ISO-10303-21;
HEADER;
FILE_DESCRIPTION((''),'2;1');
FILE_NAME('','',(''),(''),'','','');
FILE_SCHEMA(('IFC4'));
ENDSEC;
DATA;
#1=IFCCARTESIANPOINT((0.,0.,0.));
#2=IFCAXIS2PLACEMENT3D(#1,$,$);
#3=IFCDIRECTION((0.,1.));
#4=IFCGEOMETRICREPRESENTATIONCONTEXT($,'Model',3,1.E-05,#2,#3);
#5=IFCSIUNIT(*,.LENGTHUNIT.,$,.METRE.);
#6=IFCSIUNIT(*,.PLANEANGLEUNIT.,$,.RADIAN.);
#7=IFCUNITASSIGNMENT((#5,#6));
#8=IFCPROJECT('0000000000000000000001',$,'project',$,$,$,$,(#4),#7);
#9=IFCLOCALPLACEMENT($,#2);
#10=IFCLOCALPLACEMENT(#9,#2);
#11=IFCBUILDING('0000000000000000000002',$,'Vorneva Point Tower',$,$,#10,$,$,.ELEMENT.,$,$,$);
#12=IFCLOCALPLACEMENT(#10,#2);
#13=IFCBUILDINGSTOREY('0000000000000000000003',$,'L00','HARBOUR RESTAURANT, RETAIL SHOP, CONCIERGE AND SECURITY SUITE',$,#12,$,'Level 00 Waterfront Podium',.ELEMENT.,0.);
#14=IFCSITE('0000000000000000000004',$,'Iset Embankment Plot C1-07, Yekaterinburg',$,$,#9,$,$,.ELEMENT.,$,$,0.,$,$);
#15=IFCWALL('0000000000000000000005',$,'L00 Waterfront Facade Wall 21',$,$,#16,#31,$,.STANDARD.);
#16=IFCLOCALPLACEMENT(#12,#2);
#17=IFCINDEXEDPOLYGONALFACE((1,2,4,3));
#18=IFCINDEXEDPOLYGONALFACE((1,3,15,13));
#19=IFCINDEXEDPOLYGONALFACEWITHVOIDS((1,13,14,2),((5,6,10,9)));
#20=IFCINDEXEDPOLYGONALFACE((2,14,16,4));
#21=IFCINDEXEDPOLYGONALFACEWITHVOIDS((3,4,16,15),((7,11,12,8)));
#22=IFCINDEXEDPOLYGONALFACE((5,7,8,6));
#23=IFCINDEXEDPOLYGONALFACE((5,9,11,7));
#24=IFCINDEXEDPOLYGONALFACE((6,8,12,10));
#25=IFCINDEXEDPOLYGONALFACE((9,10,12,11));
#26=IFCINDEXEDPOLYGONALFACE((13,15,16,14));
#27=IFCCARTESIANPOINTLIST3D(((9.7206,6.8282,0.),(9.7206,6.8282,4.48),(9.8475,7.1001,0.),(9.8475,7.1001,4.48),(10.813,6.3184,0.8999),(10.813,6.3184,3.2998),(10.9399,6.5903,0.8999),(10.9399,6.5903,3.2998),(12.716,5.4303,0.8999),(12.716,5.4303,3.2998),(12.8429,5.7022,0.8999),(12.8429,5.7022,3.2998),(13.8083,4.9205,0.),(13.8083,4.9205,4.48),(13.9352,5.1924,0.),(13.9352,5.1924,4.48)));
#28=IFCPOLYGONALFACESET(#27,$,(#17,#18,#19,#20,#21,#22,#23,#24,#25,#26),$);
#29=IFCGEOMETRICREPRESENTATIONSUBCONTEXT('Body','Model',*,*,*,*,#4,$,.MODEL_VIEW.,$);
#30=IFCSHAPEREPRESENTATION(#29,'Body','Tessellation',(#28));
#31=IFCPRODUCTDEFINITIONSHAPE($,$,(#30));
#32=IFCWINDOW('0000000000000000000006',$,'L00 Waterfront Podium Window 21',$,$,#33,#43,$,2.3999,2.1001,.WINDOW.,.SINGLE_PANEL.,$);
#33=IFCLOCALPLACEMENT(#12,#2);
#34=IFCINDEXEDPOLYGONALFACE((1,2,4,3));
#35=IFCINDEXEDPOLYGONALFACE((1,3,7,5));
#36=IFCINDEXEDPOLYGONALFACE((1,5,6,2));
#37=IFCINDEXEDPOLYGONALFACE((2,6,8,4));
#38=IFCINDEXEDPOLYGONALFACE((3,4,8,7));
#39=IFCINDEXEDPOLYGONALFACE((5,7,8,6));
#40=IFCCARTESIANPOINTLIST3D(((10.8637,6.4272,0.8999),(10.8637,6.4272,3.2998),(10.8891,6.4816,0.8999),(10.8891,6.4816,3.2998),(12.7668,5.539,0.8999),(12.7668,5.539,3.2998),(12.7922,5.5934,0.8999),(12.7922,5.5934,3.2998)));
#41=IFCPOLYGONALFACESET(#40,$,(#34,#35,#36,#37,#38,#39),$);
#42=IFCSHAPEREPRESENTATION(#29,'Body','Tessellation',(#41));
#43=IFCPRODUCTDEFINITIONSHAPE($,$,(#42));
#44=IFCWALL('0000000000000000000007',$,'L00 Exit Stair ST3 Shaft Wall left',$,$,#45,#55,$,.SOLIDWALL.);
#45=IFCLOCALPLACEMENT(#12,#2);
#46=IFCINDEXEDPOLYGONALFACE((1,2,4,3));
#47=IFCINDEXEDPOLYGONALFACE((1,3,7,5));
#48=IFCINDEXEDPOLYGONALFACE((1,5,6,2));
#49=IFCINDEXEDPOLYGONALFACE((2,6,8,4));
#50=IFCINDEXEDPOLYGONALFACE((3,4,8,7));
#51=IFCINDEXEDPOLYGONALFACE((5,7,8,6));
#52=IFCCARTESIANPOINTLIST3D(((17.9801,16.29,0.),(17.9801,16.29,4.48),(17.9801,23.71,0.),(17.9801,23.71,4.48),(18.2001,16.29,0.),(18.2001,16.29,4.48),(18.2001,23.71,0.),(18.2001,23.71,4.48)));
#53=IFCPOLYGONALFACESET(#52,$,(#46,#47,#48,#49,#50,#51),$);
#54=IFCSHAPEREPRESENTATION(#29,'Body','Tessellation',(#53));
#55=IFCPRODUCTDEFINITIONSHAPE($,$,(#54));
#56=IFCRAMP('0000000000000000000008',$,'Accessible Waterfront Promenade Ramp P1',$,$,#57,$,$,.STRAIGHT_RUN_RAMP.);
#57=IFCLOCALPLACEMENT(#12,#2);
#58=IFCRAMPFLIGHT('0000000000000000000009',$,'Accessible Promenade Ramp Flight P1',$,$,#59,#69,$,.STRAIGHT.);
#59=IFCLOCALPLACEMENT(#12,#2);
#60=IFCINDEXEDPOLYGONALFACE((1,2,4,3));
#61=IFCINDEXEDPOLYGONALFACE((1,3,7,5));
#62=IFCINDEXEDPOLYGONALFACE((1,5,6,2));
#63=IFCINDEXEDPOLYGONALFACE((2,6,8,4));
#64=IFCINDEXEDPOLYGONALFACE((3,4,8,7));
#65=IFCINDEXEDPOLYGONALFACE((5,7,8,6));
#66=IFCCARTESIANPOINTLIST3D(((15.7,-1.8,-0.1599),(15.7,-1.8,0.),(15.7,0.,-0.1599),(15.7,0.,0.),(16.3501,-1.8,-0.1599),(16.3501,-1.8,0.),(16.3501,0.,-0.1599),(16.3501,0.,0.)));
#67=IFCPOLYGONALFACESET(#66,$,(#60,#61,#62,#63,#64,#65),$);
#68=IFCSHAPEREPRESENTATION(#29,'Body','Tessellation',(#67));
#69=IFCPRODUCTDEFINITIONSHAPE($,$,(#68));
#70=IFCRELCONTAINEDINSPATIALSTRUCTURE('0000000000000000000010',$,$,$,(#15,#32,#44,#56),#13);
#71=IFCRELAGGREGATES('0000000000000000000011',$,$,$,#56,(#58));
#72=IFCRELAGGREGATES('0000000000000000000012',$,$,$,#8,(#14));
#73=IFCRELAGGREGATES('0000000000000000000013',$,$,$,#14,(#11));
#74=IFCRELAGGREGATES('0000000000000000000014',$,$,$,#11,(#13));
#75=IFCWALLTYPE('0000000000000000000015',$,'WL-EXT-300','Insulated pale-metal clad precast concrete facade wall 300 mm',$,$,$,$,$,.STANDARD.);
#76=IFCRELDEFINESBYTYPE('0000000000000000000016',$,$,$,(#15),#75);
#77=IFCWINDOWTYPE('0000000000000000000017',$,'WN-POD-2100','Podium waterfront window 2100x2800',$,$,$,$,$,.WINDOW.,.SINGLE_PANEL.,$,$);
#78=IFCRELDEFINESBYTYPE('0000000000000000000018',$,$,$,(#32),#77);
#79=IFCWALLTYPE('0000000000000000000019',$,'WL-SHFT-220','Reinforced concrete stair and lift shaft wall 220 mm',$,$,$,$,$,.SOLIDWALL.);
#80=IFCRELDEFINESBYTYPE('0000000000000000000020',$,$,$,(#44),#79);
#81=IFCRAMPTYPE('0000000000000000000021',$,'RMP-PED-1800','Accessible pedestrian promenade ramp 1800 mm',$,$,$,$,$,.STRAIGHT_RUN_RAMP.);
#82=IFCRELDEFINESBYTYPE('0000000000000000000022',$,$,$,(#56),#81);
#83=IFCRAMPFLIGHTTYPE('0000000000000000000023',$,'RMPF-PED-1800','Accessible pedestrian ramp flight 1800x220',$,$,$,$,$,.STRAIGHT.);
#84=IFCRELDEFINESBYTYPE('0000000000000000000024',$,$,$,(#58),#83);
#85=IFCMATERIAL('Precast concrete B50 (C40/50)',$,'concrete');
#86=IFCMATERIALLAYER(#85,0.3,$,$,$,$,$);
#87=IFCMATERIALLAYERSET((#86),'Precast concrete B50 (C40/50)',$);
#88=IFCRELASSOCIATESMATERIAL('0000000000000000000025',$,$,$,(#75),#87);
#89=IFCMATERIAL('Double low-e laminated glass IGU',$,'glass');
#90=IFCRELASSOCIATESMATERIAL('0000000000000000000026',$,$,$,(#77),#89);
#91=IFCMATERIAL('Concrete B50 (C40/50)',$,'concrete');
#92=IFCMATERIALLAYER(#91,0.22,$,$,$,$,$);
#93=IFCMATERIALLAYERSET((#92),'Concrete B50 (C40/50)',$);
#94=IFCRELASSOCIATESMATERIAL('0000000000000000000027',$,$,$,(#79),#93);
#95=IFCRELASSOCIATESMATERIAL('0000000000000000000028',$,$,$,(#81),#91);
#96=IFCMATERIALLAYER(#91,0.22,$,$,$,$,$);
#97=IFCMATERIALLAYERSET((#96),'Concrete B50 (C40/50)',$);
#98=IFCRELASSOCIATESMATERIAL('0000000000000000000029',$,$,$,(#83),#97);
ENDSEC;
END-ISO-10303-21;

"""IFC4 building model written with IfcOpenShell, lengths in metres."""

from ifc_helpers import new_model, si_unit, direction, frame, frame_2d, origin, place, context, subcontext, project, spatial, polyline, rectangle, outline, extrude, material, layer, layer_set, type_object, element, fill, aggregate, save


model = new_model("IFC4")

# Units and contexts
model_context = context("Model", 3, precision=1e-05, world=origin(), true_north=direction((0.0, 1.0)))
body_context = subcontext(model_context, "Body", "Model", "MODEL_VIEW")
ifc_project = project(units=[si_unit("LENGTHUNIT", "METRE"), si_unit("PLANEANGLEUNIT", "RADIAN")], contexts=[model_context])

# Site, building, storey
site_placement = place(None, origin())
site = spatial("IfcSite", under=ifc_project, at=site_placement, Name="Iset Embankment Plot C1-07, Yekaterinburg", CompositionType="ELEMENT", RefElevation=0.0)
building_placement = place(site_placement, origin())
building = spatial("IfcBuilding", under=site, at=building_placement, Name="Vorneva Point Tower", CompositionType="ELEMENT")
storey_placement = place(building_placement, origin())
storey = spatial("IfcBuildingStorey", under=building, at=storey_placement, Name="L00", Description="HARBOUR RESTAURANT, RETAIL SHOP, CONCIERGE AND SECURITY SUITE", LongName="Level 00 Waterfront Podium", CompositionType="ELEMENT", Elevation=0.0)

# Shared definitions
ifc_material_1 = material(Name="Double low-e laminated glass IGU", Category="glass")

# Wall, opening, window
ifc_material_2 = material(Name="Precast concrete B50 (C40/50)", Category="concrete")
ifc_layer_1 = layer(ifc_material_2, 0.3)
ifc_layer_set_1 = layer_set([ifc_layer_1], Name="Precast concrete B50 (C40/50)")
wall_type_1 = type_object("IfcWallType", Name="WL-EXT-300", Description="Insulated pale-metal clad precast concrete facade wall 300 mm", PredefinedType="STANDARD", material=ifc_layer_set_1)
wall_1_placement = place(storey_placement, frame((9.7842, 6.9641, 0.0), z_axis=(0.0, 0.0, 1.0), x_axis=(0.906171, -0.422912, 0.0)))
wall_1 = element("IfcWall", 1, at=wall_1_placement, inside=storey, type_object=wall_type_1, Name="L00 Waterfront Facade Wall 21", PredefinedType="STANDARD", context=body_context, shape_type="SweptSolid", body=[
    extrude(rectangle(XDim=4.511, YDim=0.3, at=frame_2d((2.2554, 0.0))), origin(), (0.0, 0.0, 1.0), 4.48),
])
opening_placement = place(wall_1_placement, frame((1.2053, 0.0, 0.8999)))
opening = element("IfcOpeningElement", 2, at=opening_placement, cuts=wall_1, PredefinedType="OPENING", context=body_context, shape_type="SweptSolid", body=[
    extrude(rectangle(XDim=2.1001, YDim=2.3999, at=frame_2d((1.05, 1.2))), frame((0.0, 0.165, 0.0), z_axis=(0.0, -1.0, 0.0), x_axis=(1.0, 0.0, 0.0)), (0.0, 0.0, 1.0), 0.3298),
])
window_type = type_object("IfcWindowType", Name="WN-POD-2100", Description="Podium waterfront window 2100x2800", PartitioningType="SINGLE_PANEL", PredefinedType="WINDOW", material=ifc_material_1)
window_placement = place(opening_placement, origin())
window = element("IfcWindow", 3, at=window_placement, inside=storey, type_object=window_type, Name="L00 Waterfront Podium Window 21", OverallHeight=2.3999, OverallWidth=2.1001, PartitioningType="SINGLE_PANEL", PredefinedType="WINDOW", context=body_context, shape_type="SweptSolid", body=[
    extrude(rectangle(XDim=2.1001, YDim=2.3999, at=frame_2d((1.05, 1.2))), frame((0.0, 0.03, 0.0), z_axis=(0.0, -1.0, 0.0), x_axis=(1.0, 0.0, 0.0)), (0.0, 0.0, 1.0), 0.0601),
])
fill(opening, window)

# Wall
ifc_material_3 = material(Name="Concrete B50 (C40/50)", Category="concrete")
ifc_layer_2 = layer(ifc_material_3, 0.22)
ifc_layer_set_2 = layer_set([ifc_layer_2], Name="Concrete B50 (C40/50)")
wall_type_2 = type_object("IfcWallType", Name="WL-SHFT-220", Description="Reinforced concrete stair and lift shaft wall 220 mm", PredefinedType="SOLIDWALL", material=ifc_layer_set_2)
wall_2_placement = place(storey_placement, frame((18.0901, 16.29, 0.0), z_axis=(0.0, 0.0, 1.0), x_axis=(0.0, 1.0, 0.0)))
element("IfcWall", 4, at=wall_2_placement, inside=storey, type_object=wall_type_2, Name="L00 Exit Stair ST3 Shaft Wall left", PredefinedType="SOLIDWALL", context=body_context, shape_type="SweptSolid", body=[
    extrude(rectangle(XDim=7.4199, YDim=0.22, at=frame_2d((3.71, 0.0))), origin(), (0.0, 0.0, 1.0), 4.48),
])

# Ramp, ramp flight
ramp_type = type_object("IfcRampType", Name="RMP-PED-1800", Description="Accessible pedestrian promenade ramp 1800 mm", PredefinedType="STRAIGHT_RUN_RAMP", material=ifc_material_3)
ramp_placement = place(storey_placement, origin())
ramp = element("IfcRamp", 5, at=ramp_placement, inside=storey, type_object=ramp_type, Name="Accessible Waterfront Promenade Ramp P1", PredefinedType="STRAIGHT_RUN_RAMP")
ifc_layer_3 = layer(ifc_material_3, 0.22)
ifc_layer_set_3 = layer_set([ifc_layer_3], Name="Concrete B50 (C40/50)")
ramp_flight_type = type_object("IfcRampFlightType", Name="RMPF-PED-1800", Description="Accessible pedestrian ramp flight 1800x220", PredefinedType="STRAIGHT", material=ifc_layer_set_3)
ramp_flight_placement = place(storey_placement, frame((15.7, -0.8999, 0.0), z_axis=(0.0, 0.0, 1.0), x_axis=(1.0, 0.0, 0.0)))
ramp_flight = element("IfcRampFlight", 6, at=ramp_flight_placement, type_object=ramp_flight_type, Name="Accessible Promenade Ramp Flight P1", PredefinedType="STRAIGHT", context=body_context, shape_type="SweptSolid", body=[
    extrude(outline(polyline([(0.0, -0.1599), (0.6501, -0.1599), (0.6501, 0.0), (0.0, 0.0), (0.0, -0.1599)])), frame((0.0, 0.8999, 0.0), z_axis=(0.0, -1.0, 0.0), x_axis=(1.0, 0.0, 0.0)), (0.0, 0.0, 1.0), 1.8),
])
aggregate(ramp, [ramp_flight])

save(model, "model.ifc")
